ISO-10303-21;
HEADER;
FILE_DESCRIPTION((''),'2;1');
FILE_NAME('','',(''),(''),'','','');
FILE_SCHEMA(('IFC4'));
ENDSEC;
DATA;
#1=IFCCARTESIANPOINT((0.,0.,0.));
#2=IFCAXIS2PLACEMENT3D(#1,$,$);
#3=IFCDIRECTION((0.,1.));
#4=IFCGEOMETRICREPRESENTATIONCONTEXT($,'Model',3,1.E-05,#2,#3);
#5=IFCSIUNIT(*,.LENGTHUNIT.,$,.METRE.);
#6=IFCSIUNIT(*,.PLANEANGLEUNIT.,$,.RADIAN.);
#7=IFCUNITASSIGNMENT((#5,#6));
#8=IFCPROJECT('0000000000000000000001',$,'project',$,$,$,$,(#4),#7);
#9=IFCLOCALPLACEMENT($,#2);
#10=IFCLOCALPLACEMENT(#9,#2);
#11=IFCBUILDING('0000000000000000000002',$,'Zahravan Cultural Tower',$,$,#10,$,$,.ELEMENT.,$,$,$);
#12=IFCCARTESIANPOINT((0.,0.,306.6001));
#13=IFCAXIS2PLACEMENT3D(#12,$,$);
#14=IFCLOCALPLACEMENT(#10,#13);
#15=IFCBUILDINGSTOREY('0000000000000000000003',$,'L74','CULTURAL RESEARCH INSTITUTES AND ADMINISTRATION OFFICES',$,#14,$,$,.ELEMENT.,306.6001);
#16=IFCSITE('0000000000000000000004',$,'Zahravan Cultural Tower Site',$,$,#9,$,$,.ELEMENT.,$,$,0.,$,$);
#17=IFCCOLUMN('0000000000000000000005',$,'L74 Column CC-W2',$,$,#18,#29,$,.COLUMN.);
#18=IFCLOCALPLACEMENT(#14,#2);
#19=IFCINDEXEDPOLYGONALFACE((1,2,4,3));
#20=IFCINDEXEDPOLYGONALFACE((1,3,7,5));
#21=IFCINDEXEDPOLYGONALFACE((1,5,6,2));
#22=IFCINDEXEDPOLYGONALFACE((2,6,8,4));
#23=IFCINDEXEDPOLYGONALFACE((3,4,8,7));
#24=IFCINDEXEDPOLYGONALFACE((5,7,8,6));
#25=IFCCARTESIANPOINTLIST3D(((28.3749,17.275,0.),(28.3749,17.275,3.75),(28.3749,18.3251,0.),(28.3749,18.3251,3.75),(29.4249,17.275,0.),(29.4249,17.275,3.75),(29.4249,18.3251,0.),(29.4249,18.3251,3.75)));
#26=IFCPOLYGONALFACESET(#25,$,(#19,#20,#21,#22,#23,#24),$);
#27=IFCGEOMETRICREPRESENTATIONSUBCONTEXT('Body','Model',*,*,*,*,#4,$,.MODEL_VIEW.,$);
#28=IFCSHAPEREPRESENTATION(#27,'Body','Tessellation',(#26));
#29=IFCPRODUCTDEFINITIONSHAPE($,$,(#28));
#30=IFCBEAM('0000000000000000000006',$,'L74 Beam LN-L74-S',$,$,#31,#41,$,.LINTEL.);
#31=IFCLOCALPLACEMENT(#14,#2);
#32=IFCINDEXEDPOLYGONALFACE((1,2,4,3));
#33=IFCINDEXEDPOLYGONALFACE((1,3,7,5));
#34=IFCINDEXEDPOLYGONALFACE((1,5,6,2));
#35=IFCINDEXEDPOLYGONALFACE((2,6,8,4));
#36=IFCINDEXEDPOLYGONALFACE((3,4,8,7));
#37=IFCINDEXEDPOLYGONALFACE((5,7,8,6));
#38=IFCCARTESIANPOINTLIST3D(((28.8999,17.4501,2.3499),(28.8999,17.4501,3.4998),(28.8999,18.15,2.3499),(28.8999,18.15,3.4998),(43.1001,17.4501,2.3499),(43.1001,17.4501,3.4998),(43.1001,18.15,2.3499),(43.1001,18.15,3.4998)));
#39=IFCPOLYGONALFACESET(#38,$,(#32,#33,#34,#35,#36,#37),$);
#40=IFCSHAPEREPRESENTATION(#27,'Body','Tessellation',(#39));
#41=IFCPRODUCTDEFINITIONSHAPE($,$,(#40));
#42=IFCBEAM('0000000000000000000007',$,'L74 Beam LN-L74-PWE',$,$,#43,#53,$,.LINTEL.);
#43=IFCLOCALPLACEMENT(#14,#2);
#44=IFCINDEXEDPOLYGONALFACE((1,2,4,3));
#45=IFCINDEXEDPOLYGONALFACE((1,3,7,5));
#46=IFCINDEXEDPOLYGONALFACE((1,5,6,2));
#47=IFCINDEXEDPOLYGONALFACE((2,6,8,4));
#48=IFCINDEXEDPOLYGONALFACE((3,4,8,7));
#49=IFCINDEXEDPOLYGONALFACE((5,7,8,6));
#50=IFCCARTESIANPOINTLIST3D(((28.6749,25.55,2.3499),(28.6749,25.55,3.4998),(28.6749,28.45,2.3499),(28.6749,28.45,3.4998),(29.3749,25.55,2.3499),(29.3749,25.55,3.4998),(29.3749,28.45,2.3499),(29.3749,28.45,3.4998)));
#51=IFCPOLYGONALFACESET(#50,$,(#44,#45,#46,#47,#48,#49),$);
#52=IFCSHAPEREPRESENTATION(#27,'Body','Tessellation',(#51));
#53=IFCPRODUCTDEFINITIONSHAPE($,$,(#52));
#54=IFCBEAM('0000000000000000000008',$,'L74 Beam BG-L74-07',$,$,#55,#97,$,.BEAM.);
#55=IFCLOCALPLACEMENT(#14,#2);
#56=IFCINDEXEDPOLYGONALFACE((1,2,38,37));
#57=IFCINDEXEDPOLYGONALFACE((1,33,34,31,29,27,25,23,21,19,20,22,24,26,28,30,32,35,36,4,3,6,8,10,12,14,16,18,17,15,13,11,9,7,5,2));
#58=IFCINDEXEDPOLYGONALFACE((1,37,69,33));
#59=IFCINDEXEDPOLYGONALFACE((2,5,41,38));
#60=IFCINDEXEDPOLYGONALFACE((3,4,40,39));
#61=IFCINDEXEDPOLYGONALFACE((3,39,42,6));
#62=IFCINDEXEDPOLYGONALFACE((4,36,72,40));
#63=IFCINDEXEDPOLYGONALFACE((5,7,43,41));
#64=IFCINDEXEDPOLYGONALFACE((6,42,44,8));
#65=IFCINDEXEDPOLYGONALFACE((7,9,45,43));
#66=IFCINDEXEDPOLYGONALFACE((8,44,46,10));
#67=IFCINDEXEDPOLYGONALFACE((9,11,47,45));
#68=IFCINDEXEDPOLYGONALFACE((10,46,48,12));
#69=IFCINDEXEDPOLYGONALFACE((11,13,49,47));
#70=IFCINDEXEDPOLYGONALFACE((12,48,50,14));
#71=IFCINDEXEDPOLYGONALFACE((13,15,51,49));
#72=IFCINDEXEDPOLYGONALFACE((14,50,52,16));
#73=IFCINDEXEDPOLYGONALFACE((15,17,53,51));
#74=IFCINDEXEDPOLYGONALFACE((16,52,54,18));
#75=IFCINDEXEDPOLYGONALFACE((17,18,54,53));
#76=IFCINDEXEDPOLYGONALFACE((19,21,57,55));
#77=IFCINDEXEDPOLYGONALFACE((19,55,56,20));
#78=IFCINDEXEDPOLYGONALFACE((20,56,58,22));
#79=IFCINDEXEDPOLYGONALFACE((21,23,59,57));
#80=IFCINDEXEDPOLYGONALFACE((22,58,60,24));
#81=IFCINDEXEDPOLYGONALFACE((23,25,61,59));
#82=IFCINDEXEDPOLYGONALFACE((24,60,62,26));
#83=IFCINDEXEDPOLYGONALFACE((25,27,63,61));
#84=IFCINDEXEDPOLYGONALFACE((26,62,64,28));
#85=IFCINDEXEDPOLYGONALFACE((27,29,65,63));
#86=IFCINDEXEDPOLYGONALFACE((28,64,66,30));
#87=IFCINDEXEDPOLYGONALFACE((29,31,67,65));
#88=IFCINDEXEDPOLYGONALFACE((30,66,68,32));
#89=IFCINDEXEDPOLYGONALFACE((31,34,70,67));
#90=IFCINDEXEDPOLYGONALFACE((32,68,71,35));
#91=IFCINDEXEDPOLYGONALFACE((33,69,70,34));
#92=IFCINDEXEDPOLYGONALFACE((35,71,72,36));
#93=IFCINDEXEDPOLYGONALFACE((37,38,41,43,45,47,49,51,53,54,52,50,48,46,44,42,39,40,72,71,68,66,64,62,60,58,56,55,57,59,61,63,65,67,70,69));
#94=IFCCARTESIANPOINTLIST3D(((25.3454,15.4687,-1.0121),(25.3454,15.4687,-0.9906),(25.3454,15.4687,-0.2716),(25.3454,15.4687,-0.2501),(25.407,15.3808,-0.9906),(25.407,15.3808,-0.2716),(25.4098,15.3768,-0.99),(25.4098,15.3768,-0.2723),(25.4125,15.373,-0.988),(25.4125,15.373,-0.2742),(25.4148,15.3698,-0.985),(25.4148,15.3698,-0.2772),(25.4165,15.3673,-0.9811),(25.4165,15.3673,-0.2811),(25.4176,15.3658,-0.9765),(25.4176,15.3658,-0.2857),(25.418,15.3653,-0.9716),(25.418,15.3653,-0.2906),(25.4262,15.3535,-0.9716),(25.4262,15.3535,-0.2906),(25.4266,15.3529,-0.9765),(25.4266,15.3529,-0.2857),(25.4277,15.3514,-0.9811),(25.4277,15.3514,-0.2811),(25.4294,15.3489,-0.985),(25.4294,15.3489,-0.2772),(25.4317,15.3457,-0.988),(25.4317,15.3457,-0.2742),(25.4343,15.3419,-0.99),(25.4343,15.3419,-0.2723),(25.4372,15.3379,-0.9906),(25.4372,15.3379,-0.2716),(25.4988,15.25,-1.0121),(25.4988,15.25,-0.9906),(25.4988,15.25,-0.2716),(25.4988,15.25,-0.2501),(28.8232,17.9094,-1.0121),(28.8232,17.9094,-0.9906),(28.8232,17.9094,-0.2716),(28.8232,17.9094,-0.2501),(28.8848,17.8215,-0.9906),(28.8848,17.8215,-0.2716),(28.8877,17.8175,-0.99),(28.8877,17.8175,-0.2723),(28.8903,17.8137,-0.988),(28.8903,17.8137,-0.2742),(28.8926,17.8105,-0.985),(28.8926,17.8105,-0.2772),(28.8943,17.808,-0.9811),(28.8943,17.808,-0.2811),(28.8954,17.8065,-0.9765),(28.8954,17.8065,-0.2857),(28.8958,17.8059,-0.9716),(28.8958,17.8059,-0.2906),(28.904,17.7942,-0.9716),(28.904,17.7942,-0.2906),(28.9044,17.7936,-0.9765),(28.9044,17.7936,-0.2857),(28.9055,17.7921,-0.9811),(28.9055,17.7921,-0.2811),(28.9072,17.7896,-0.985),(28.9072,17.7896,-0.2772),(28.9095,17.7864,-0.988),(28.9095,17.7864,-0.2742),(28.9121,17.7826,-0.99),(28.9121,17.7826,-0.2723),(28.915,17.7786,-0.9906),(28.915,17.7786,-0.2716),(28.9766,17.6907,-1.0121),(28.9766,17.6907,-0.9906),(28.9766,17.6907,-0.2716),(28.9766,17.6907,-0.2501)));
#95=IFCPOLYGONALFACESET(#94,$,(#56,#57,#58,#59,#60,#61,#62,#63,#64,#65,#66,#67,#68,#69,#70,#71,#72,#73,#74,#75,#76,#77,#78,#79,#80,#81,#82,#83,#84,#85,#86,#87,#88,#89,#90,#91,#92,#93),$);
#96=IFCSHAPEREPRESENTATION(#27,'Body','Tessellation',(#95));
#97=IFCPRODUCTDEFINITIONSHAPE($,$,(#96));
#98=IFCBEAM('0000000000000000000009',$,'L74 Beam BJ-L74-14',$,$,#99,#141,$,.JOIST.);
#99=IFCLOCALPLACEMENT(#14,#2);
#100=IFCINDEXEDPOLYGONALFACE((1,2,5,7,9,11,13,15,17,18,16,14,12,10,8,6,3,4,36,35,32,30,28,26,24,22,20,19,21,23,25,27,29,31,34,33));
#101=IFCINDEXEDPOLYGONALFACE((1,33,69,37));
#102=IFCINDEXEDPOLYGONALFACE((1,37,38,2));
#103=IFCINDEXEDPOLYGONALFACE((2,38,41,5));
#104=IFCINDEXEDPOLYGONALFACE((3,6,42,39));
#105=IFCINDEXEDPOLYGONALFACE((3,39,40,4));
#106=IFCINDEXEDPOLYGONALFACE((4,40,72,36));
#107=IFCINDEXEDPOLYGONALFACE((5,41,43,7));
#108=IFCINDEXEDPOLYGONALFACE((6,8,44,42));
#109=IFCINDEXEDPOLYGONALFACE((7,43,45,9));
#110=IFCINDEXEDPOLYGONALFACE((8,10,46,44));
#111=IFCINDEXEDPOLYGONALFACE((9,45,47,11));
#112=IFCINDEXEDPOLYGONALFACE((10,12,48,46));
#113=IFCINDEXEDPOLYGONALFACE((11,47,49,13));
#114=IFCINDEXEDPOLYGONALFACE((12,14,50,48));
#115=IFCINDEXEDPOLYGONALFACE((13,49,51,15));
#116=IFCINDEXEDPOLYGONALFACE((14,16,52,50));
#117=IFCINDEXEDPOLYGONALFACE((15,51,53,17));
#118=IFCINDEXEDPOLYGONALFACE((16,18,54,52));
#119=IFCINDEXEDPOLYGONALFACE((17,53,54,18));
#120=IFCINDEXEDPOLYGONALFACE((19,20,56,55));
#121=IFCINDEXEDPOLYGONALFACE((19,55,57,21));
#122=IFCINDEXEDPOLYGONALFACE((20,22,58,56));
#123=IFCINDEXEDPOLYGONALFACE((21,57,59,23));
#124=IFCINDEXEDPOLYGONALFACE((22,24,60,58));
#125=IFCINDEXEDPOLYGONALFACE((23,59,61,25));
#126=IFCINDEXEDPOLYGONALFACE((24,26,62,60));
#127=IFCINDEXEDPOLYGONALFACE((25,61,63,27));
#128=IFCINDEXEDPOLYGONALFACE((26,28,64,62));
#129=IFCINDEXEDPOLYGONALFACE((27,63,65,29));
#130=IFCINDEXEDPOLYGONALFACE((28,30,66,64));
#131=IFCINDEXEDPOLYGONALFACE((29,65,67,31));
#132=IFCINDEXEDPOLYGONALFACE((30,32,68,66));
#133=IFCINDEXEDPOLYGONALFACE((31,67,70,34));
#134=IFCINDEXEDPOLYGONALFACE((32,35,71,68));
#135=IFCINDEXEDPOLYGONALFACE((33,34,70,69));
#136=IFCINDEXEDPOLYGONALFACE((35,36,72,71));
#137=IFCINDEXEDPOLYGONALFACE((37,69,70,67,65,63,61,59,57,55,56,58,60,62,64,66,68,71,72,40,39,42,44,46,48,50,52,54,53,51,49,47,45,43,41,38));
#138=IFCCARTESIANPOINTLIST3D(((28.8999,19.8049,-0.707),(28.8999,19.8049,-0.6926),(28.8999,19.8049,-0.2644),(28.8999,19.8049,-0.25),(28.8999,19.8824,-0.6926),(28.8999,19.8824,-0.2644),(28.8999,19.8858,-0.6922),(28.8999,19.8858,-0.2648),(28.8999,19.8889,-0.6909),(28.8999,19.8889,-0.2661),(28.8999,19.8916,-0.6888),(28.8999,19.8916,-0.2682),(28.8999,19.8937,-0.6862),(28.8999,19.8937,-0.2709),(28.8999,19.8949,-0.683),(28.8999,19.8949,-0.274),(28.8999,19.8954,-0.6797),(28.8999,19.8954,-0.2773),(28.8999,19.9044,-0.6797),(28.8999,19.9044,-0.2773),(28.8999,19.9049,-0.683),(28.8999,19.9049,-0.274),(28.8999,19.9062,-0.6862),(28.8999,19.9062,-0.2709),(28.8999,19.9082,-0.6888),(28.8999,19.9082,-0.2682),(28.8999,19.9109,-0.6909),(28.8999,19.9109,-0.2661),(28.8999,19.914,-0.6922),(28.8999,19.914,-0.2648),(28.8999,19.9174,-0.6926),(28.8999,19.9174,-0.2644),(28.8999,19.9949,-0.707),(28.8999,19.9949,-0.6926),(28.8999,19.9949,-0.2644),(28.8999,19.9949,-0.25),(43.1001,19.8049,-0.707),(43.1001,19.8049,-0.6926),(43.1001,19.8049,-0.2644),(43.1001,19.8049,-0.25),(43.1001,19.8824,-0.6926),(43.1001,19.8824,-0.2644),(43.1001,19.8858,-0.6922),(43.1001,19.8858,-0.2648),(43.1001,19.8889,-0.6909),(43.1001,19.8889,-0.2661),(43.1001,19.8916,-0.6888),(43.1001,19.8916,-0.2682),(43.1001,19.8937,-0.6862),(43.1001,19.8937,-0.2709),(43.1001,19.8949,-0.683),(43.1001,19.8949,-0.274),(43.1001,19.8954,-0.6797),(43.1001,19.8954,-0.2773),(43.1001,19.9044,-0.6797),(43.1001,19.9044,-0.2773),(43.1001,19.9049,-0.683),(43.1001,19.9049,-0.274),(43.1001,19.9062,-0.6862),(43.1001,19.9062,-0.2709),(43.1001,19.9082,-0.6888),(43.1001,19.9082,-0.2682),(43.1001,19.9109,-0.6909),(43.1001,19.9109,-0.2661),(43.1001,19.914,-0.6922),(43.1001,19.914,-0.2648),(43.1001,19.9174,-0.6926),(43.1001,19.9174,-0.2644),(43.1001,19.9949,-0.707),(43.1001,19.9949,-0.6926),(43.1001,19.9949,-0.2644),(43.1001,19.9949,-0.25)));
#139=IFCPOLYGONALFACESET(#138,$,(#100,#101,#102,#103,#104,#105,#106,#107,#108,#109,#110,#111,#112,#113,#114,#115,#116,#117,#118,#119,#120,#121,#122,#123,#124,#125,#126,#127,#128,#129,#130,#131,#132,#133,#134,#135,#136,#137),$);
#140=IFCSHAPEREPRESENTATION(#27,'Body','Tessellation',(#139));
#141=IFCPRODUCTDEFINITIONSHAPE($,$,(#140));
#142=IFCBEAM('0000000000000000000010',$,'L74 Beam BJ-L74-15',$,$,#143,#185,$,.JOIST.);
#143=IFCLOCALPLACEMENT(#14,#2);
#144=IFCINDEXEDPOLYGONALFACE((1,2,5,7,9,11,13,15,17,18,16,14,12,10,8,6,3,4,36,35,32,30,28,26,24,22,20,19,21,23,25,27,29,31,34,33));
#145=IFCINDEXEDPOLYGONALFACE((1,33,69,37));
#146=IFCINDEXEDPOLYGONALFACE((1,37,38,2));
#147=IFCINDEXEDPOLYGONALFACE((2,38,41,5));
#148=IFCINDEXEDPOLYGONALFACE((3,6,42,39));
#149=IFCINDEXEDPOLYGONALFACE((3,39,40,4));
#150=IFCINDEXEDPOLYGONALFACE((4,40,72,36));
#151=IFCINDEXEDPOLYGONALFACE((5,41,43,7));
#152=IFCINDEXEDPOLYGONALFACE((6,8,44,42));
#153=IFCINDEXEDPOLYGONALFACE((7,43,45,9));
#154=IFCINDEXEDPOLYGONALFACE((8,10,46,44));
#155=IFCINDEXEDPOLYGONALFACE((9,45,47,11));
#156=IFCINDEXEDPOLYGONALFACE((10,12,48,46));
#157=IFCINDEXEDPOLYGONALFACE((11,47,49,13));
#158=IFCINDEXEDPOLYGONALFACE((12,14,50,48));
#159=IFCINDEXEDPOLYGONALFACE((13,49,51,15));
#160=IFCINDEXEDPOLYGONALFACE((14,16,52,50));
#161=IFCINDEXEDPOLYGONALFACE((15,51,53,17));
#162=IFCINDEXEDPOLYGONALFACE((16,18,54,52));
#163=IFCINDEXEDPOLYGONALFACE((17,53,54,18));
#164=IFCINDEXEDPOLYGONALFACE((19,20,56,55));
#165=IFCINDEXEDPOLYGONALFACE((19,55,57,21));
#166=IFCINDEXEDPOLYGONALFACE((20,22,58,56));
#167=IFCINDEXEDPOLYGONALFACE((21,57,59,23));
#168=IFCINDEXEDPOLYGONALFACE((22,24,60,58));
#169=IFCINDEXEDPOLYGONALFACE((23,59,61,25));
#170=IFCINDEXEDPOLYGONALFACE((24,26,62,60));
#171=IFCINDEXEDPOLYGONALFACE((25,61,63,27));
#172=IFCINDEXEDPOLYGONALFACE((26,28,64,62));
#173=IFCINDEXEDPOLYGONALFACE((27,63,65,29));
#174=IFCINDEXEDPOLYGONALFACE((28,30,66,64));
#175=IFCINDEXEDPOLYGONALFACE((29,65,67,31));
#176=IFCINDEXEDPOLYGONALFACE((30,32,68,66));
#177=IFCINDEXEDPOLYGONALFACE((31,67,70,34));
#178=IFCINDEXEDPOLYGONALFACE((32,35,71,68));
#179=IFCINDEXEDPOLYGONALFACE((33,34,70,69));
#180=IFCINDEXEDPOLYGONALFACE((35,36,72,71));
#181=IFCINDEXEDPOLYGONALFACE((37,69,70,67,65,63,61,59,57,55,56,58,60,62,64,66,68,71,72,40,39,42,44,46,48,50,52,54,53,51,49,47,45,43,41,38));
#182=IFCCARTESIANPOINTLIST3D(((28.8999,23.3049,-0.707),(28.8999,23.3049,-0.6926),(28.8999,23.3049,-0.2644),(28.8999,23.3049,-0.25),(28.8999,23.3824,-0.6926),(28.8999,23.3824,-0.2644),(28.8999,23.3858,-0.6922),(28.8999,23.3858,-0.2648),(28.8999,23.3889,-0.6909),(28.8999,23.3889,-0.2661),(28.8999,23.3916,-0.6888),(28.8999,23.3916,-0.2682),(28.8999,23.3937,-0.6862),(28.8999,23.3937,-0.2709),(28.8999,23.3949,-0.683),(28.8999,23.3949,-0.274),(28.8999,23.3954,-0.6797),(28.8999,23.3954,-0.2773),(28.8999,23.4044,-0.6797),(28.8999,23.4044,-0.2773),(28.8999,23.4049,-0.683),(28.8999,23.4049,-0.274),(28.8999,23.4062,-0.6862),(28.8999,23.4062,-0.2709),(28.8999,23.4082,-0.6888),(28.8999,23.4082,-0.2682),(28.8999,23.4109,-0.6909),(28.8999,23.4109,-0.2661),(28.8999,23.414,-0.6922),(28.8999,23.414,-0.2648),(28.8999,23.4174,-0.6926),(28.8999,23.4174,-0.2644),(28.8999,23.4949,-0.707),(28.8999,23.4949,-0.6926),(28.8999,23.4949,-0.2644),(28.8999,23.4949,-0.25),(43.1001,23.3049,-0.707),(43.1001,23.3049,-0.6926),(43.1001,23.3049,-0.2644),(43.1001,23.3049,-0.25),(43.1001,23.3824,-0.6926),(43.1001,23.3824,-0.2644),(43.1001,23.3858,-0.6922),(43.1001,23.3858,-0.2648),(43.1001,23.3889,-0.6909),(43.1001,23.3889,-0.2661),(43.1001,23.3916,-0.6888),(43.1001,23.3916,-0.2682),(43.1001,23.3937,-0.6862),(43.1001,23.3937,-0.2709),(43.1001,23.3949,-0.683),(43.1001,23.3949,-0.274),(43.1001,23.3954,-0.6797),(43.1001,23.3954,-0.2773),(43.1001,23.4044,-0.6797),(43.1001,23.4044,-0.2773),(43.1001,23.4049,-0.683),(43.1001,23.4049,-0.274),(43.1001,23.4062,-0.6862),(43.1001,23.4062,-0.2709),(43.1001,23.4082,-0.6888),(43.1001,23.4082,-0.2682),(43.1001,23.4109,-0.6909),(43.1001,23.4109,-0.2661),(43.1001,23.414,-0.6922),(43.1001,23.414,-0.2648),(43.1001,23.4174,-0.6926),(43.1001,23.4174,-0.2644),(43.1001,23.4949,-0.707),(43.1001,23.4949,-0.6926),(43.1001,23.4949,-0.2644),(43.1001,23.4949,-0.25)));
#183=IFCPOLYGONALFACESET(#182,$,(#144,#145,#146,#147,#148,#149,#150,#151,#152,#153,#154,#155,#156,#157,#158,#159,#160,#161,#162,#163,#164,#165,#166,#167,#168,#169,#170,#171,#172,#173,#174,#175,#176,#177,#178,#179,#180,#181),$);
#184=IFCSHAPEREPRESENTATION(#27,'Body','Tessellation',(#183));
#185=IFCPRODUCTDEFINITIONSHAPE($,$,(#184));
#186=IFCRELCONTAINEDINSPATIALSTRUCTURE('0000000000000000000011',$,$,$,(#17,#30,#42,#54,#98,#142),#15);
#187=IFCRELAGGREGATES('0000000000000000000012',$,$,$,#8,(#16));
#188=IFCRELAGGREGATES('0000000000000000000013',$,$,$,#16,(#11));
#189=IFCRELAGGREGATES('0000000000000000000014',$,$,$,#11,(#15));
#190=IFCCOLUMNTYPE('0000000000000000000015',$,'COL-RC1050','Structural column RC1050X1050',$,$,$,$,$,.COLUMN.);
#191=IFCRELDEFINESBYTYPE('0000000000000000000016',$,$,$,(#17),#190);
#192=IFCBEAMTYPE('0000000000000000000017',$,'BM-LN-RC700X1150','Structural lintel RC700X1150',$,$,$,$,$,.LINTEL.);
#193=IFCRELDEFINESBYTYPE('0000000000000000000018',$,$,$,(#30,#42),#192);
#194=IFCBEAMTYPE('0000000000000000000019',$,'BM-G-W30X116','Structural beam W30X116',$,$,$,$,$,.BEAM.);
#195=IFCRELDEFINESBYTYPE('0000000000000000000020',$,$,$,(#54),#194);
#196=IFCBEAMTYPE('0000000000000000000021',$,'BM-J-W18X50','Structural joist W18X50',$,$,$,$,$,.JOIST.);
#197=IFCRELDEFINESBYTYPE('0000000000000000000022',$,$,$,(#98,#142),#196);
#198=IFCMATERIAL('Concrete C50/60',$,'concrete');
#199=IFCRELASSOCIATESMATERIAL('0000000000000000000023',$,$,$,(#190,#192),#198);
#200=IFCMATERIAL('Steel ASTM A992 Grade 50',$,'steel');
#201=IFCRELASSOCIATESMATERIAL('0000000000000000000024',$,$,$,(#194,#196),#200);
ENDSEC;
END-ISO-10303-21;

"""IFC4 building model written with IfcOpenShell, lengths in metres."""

from ifc_helpers import new_model, si_unit, direction, frame, origin, origin_2d, place, context, subcontext, project, spatial, rectangle, i_section, extrude, source, transform, mapped, material, material_profile, profile_set, type_object, element, save


model = new_model("IFC4")

# Units and contexts
model_context = context("Model", 3, precision=1e-05, world=origin(), true_north=direction((0.0, 1.0)))
body_context = subcontext(model_context, "Body", "Model", "MODEL_VIEW")
ifc_project = project(units=[si_unit("LENGTHUNIT", "METRE"), si_unit("PLANEANGLEUNIT", "RADIAN")], contexts=[model_context])

# Site, building, storey
site_placement = place(None, origin())
site = spatial("IfcSite", under=ifc_project, at=site_placement, Name="Zahravan Cultural Tower Site", CompositionType="ELEMENT", RefElevation=0.0)
building_placement = place(site_placement, origin())
building = spatial("IfcBuilding", under=site, at=building_placement, Name="Zahravan Cultural Tower", CompositionType="ELEMENT")
storey_placement = place(building_placement, frame((0.0, 0.0, 306.6001)))
storey = spatial("IfcBuildingStorey", under=building, at=storey_placement, Name="L74", Description="CULTURAL RESEARCH INSTITUTES AND ADMINISTRATION OFFICES", CompositionType="ELEMENT", Elevation=306.6001)

# Column
ifc_material_1 = material(Name="Concrete C50/60", Category="concrete")
ifc_material_profile_1 = material_profile(ifc_material_1, rectangle(XDim=1.05, YDim=1.05, at=origin_2d()), Name="RC1050X1050")
ifc_profile_set_1 = profile_set([ifc_material_profile_1], Name="Concrete C50/60")
column_type = type_object("IfcColumnType", Name="COL-RC1050", Description="Structural column RC1050X1050", PredefinedType="COLUMN", material=ifc_profile_set_1)
shared_shape_1 = source(origin(), body_context, "Body", "SweptSolid", [
    extrude(rectangle(XDim=1.05, YDim=1.05, at=origin_2d()), origin(), (0.0, 0.0, 1.0), 3.75),
])
column_placement = place(storey_placement, frame((28.8999, 17.8, 0.0), z_axis=(0.0, 0.0, 1.0), x_axis=(1.0, 0.0, 0.0)))
element("IfcColumn", 1, at=column_placement, inside=storey, type_object=column_type, Name="L74 Column CC-W2", PredefinedType="COLUMN", context=body_context, shape_type="MappedRepresentation", body=[
    mapped(shared_shape_1, transform((0.0, 0.0, 0.0), x_axis=(1.0, 0.0, 0.0), y_axis=(0.0, 1.0, 0.0), z_axis=(0.0, 0.0, 1.0), scale=1.0)),
])

# Beams
ifc_material_profile_2 = material_profile(ifc_material_1, rectangle(XDim=0.7, YDim=1.1499, at=origin_2d()), Name="RC700X1150")
ifc_profile_set_2 = profile_set([ifc_material_profile_2], Name="Concrete C50/60")
beam_type_1 = type_object("IfcBeamType", Name="BM-LN-RC700X1150", Description="Structural lintel RC700X1150", PredefinedType="LINTEL", material=ifc_profile_set_2)
shared_shape_2 = source(origin(), body_context, "Body", "SweptSolid", [
    extrude(rectangle(XDim=0.7, YDim=1.1499, at=origin_2d()), origin(), (0.0, 0.0, 1.0), 14.2002),
])
beam_1_placement = place(storey_placement, frame((28.8999, 17.8, 2.9248), z_axis=(1.0, 0.0, 0.0), x_axis=(0.0, 1.0, 0.0)))
element("IfcBeam", 2, at=beam_1_placement, inside=storey, type_object=beam_type_1, Name="L74 Beam LN-L74-S", PredefinedType="LINTEL", context=body_context, shape_type="MappedRepresentation", body=[
    mapped(shared_shape_2, transform((0.0, 0.0, 0.0), x_axis=(1.0, 0.0, 0.0), y_axis=(0.0, 1.0, 0.0), z_axis=(0.0, 0.0, 1.0), scale=1.0)),
])
shared_shape_3 = source(origin(), body_context, "Body", "SweptSolid", [
    extrude(rectangle(XDim=0.7, YDim=1.1499, at=origin_2d()), origin(), (0.0, 0.0, 1.0), 2.8999),
])
beam_2_placement = place(storey_placement, frame((29.0249, 25.55, 2.9248), z_axis=(0.0, 1.0, 0.0), x_axis=(-1.0, 0.0, 0.0)))
element("IfcBeam", 3, at=beam_2_placement, inside=storey, type_object=beam_type_1, Name="L74 Beam LN-L74-PWE", PredefinedType="LINTEL", context=body_context, shape_type="MappedRepresentation", body=[
    mapped(shared_shape_3, transform((0.0, 0.0, 0.0), x_axis=(1.0, 0.0, 0.0), y_axis=(0.0, 1.0, 0.0), z_axis=(0.0, 0.0, 1.0), scale=1.0)),
])
ifc_material_2 = material(Name="Steel ASTM A992 Grade 50", Category="steel")
ifc_material_profile_3 = material_profile(ifc_material_2, i_section(OverallWidth=0.2671, OverallDepth=0.762, WebThickness=0.0144, FlangeThickness=0.0215, FilletRadius=0.019, at=origin_2d()), Name="W30X116")
ifc_profile_set_3 = profile_set([ifc_material_profile_3], Name="Steel ASTM A992 Grade 50")
beam_type_2 = type_object("IfcBeamType", Name="BM-G-W30X116", Description="Structural beam W30X116", PredefinedType="BEAM", material=ifc_profile_set_3)
shared_shape_4 = source(origin(), body_context, "Body", "SweptSolid", [
    extrude(i_section(OverallWidth=0.2671, OverallDepth=0.762, WebThickness=0.0144, FlangeThickness=0.0215, FilletRadius=0.019, at=origin_2d()), origin(), (0.0, 0.0, 1.0), 4.2488),
])
beam_3_placement = place(storey_placement, frame((28.8999, 17.8, -0.6311), z_axis=(-0.818543, -0.574445, 0.0), x_axis=(0.574445, -0.818543, 0.0)))
element("IfcBeam", 4, at=beam_3_placement, inside=storey, type_object=beam_type_2, Name="L74 Beam BG-L74-07", PredefinedType="BEAM", context=body_context, shape_type="MappedRepresentation", body=[
    mapped(shared_shape_4, transform((0.0, 0.0, 0.0), x_axis=(1.0, 0.0, 0.0), y_axis=(0.0, 1.0, 0.0), z_axis=(0.0, 0.0, 1.0), scale=1.0)),
])
ifc_material_profile_4 = material_profile(ifc_material_2, i_section(OverallWidth=0.1899, OverallDepth=0.457, WebThickness=0.009, FlangeThickness=0.0144, FilletRadius=0.0129, at=origin_2d()), Name="W18X50")
ifc_profile_set_4 = profile_set([ifc_material_profile_4], Name="Steel ASTM A992 Grade 50")
beam_type_3 = type_object("IfcBeamType", Name="BM-J-W18X50", Description="Structural joist W18X50", PredefinedType="JOIST", material=ifc_profile_set_4)
shared_shape_5 = source(origin(), body_context, "Body", "SweptSolid", [
    extrude(i_section(OverallWidth=0.1899, OverallDepth=0.457, WebThickness=0.009, FlangeThickness=0.0144, FilletRadius=0.0129, at=origin_2d()), origin(), (0.0, 0.0, 1.0), 14.2002),
])
for number, where, z_axis, x_axis, name in (
    (5, (28.8999, 19.8999, -0.4785), (1.0, 0.0, 0.0), (0.0, 1.0, 0.0), "L74 Beam BJ-L74-14"),
    (6, (28.8999, 23.3999, -0.4785), (1.0, 0.0, 0.0), (0.0, 1.0, 0.0), "L74 Beam BJ-L74-15"),
):
    element("IfcBeam", number, at=place(storey_placement, frame(where, z_axis=z_axis, x_axis=x_axis)), inside=storey, type_object=beam_type_3, Name=name, PredefinedType="JOIST", context=body_context, shape_type="MappedRepresentation", body=[
        mapped(shared_shape_5, transform((0.0, 0.0, 0.0), x_axis=(1.0, 0.0, 0.0), y_axis=(0.0, 1.0, 0.0), z_axis=(0.0, 0.0, 1.0), scale=1.0)),
    ])

save(model, "model.ifc")
